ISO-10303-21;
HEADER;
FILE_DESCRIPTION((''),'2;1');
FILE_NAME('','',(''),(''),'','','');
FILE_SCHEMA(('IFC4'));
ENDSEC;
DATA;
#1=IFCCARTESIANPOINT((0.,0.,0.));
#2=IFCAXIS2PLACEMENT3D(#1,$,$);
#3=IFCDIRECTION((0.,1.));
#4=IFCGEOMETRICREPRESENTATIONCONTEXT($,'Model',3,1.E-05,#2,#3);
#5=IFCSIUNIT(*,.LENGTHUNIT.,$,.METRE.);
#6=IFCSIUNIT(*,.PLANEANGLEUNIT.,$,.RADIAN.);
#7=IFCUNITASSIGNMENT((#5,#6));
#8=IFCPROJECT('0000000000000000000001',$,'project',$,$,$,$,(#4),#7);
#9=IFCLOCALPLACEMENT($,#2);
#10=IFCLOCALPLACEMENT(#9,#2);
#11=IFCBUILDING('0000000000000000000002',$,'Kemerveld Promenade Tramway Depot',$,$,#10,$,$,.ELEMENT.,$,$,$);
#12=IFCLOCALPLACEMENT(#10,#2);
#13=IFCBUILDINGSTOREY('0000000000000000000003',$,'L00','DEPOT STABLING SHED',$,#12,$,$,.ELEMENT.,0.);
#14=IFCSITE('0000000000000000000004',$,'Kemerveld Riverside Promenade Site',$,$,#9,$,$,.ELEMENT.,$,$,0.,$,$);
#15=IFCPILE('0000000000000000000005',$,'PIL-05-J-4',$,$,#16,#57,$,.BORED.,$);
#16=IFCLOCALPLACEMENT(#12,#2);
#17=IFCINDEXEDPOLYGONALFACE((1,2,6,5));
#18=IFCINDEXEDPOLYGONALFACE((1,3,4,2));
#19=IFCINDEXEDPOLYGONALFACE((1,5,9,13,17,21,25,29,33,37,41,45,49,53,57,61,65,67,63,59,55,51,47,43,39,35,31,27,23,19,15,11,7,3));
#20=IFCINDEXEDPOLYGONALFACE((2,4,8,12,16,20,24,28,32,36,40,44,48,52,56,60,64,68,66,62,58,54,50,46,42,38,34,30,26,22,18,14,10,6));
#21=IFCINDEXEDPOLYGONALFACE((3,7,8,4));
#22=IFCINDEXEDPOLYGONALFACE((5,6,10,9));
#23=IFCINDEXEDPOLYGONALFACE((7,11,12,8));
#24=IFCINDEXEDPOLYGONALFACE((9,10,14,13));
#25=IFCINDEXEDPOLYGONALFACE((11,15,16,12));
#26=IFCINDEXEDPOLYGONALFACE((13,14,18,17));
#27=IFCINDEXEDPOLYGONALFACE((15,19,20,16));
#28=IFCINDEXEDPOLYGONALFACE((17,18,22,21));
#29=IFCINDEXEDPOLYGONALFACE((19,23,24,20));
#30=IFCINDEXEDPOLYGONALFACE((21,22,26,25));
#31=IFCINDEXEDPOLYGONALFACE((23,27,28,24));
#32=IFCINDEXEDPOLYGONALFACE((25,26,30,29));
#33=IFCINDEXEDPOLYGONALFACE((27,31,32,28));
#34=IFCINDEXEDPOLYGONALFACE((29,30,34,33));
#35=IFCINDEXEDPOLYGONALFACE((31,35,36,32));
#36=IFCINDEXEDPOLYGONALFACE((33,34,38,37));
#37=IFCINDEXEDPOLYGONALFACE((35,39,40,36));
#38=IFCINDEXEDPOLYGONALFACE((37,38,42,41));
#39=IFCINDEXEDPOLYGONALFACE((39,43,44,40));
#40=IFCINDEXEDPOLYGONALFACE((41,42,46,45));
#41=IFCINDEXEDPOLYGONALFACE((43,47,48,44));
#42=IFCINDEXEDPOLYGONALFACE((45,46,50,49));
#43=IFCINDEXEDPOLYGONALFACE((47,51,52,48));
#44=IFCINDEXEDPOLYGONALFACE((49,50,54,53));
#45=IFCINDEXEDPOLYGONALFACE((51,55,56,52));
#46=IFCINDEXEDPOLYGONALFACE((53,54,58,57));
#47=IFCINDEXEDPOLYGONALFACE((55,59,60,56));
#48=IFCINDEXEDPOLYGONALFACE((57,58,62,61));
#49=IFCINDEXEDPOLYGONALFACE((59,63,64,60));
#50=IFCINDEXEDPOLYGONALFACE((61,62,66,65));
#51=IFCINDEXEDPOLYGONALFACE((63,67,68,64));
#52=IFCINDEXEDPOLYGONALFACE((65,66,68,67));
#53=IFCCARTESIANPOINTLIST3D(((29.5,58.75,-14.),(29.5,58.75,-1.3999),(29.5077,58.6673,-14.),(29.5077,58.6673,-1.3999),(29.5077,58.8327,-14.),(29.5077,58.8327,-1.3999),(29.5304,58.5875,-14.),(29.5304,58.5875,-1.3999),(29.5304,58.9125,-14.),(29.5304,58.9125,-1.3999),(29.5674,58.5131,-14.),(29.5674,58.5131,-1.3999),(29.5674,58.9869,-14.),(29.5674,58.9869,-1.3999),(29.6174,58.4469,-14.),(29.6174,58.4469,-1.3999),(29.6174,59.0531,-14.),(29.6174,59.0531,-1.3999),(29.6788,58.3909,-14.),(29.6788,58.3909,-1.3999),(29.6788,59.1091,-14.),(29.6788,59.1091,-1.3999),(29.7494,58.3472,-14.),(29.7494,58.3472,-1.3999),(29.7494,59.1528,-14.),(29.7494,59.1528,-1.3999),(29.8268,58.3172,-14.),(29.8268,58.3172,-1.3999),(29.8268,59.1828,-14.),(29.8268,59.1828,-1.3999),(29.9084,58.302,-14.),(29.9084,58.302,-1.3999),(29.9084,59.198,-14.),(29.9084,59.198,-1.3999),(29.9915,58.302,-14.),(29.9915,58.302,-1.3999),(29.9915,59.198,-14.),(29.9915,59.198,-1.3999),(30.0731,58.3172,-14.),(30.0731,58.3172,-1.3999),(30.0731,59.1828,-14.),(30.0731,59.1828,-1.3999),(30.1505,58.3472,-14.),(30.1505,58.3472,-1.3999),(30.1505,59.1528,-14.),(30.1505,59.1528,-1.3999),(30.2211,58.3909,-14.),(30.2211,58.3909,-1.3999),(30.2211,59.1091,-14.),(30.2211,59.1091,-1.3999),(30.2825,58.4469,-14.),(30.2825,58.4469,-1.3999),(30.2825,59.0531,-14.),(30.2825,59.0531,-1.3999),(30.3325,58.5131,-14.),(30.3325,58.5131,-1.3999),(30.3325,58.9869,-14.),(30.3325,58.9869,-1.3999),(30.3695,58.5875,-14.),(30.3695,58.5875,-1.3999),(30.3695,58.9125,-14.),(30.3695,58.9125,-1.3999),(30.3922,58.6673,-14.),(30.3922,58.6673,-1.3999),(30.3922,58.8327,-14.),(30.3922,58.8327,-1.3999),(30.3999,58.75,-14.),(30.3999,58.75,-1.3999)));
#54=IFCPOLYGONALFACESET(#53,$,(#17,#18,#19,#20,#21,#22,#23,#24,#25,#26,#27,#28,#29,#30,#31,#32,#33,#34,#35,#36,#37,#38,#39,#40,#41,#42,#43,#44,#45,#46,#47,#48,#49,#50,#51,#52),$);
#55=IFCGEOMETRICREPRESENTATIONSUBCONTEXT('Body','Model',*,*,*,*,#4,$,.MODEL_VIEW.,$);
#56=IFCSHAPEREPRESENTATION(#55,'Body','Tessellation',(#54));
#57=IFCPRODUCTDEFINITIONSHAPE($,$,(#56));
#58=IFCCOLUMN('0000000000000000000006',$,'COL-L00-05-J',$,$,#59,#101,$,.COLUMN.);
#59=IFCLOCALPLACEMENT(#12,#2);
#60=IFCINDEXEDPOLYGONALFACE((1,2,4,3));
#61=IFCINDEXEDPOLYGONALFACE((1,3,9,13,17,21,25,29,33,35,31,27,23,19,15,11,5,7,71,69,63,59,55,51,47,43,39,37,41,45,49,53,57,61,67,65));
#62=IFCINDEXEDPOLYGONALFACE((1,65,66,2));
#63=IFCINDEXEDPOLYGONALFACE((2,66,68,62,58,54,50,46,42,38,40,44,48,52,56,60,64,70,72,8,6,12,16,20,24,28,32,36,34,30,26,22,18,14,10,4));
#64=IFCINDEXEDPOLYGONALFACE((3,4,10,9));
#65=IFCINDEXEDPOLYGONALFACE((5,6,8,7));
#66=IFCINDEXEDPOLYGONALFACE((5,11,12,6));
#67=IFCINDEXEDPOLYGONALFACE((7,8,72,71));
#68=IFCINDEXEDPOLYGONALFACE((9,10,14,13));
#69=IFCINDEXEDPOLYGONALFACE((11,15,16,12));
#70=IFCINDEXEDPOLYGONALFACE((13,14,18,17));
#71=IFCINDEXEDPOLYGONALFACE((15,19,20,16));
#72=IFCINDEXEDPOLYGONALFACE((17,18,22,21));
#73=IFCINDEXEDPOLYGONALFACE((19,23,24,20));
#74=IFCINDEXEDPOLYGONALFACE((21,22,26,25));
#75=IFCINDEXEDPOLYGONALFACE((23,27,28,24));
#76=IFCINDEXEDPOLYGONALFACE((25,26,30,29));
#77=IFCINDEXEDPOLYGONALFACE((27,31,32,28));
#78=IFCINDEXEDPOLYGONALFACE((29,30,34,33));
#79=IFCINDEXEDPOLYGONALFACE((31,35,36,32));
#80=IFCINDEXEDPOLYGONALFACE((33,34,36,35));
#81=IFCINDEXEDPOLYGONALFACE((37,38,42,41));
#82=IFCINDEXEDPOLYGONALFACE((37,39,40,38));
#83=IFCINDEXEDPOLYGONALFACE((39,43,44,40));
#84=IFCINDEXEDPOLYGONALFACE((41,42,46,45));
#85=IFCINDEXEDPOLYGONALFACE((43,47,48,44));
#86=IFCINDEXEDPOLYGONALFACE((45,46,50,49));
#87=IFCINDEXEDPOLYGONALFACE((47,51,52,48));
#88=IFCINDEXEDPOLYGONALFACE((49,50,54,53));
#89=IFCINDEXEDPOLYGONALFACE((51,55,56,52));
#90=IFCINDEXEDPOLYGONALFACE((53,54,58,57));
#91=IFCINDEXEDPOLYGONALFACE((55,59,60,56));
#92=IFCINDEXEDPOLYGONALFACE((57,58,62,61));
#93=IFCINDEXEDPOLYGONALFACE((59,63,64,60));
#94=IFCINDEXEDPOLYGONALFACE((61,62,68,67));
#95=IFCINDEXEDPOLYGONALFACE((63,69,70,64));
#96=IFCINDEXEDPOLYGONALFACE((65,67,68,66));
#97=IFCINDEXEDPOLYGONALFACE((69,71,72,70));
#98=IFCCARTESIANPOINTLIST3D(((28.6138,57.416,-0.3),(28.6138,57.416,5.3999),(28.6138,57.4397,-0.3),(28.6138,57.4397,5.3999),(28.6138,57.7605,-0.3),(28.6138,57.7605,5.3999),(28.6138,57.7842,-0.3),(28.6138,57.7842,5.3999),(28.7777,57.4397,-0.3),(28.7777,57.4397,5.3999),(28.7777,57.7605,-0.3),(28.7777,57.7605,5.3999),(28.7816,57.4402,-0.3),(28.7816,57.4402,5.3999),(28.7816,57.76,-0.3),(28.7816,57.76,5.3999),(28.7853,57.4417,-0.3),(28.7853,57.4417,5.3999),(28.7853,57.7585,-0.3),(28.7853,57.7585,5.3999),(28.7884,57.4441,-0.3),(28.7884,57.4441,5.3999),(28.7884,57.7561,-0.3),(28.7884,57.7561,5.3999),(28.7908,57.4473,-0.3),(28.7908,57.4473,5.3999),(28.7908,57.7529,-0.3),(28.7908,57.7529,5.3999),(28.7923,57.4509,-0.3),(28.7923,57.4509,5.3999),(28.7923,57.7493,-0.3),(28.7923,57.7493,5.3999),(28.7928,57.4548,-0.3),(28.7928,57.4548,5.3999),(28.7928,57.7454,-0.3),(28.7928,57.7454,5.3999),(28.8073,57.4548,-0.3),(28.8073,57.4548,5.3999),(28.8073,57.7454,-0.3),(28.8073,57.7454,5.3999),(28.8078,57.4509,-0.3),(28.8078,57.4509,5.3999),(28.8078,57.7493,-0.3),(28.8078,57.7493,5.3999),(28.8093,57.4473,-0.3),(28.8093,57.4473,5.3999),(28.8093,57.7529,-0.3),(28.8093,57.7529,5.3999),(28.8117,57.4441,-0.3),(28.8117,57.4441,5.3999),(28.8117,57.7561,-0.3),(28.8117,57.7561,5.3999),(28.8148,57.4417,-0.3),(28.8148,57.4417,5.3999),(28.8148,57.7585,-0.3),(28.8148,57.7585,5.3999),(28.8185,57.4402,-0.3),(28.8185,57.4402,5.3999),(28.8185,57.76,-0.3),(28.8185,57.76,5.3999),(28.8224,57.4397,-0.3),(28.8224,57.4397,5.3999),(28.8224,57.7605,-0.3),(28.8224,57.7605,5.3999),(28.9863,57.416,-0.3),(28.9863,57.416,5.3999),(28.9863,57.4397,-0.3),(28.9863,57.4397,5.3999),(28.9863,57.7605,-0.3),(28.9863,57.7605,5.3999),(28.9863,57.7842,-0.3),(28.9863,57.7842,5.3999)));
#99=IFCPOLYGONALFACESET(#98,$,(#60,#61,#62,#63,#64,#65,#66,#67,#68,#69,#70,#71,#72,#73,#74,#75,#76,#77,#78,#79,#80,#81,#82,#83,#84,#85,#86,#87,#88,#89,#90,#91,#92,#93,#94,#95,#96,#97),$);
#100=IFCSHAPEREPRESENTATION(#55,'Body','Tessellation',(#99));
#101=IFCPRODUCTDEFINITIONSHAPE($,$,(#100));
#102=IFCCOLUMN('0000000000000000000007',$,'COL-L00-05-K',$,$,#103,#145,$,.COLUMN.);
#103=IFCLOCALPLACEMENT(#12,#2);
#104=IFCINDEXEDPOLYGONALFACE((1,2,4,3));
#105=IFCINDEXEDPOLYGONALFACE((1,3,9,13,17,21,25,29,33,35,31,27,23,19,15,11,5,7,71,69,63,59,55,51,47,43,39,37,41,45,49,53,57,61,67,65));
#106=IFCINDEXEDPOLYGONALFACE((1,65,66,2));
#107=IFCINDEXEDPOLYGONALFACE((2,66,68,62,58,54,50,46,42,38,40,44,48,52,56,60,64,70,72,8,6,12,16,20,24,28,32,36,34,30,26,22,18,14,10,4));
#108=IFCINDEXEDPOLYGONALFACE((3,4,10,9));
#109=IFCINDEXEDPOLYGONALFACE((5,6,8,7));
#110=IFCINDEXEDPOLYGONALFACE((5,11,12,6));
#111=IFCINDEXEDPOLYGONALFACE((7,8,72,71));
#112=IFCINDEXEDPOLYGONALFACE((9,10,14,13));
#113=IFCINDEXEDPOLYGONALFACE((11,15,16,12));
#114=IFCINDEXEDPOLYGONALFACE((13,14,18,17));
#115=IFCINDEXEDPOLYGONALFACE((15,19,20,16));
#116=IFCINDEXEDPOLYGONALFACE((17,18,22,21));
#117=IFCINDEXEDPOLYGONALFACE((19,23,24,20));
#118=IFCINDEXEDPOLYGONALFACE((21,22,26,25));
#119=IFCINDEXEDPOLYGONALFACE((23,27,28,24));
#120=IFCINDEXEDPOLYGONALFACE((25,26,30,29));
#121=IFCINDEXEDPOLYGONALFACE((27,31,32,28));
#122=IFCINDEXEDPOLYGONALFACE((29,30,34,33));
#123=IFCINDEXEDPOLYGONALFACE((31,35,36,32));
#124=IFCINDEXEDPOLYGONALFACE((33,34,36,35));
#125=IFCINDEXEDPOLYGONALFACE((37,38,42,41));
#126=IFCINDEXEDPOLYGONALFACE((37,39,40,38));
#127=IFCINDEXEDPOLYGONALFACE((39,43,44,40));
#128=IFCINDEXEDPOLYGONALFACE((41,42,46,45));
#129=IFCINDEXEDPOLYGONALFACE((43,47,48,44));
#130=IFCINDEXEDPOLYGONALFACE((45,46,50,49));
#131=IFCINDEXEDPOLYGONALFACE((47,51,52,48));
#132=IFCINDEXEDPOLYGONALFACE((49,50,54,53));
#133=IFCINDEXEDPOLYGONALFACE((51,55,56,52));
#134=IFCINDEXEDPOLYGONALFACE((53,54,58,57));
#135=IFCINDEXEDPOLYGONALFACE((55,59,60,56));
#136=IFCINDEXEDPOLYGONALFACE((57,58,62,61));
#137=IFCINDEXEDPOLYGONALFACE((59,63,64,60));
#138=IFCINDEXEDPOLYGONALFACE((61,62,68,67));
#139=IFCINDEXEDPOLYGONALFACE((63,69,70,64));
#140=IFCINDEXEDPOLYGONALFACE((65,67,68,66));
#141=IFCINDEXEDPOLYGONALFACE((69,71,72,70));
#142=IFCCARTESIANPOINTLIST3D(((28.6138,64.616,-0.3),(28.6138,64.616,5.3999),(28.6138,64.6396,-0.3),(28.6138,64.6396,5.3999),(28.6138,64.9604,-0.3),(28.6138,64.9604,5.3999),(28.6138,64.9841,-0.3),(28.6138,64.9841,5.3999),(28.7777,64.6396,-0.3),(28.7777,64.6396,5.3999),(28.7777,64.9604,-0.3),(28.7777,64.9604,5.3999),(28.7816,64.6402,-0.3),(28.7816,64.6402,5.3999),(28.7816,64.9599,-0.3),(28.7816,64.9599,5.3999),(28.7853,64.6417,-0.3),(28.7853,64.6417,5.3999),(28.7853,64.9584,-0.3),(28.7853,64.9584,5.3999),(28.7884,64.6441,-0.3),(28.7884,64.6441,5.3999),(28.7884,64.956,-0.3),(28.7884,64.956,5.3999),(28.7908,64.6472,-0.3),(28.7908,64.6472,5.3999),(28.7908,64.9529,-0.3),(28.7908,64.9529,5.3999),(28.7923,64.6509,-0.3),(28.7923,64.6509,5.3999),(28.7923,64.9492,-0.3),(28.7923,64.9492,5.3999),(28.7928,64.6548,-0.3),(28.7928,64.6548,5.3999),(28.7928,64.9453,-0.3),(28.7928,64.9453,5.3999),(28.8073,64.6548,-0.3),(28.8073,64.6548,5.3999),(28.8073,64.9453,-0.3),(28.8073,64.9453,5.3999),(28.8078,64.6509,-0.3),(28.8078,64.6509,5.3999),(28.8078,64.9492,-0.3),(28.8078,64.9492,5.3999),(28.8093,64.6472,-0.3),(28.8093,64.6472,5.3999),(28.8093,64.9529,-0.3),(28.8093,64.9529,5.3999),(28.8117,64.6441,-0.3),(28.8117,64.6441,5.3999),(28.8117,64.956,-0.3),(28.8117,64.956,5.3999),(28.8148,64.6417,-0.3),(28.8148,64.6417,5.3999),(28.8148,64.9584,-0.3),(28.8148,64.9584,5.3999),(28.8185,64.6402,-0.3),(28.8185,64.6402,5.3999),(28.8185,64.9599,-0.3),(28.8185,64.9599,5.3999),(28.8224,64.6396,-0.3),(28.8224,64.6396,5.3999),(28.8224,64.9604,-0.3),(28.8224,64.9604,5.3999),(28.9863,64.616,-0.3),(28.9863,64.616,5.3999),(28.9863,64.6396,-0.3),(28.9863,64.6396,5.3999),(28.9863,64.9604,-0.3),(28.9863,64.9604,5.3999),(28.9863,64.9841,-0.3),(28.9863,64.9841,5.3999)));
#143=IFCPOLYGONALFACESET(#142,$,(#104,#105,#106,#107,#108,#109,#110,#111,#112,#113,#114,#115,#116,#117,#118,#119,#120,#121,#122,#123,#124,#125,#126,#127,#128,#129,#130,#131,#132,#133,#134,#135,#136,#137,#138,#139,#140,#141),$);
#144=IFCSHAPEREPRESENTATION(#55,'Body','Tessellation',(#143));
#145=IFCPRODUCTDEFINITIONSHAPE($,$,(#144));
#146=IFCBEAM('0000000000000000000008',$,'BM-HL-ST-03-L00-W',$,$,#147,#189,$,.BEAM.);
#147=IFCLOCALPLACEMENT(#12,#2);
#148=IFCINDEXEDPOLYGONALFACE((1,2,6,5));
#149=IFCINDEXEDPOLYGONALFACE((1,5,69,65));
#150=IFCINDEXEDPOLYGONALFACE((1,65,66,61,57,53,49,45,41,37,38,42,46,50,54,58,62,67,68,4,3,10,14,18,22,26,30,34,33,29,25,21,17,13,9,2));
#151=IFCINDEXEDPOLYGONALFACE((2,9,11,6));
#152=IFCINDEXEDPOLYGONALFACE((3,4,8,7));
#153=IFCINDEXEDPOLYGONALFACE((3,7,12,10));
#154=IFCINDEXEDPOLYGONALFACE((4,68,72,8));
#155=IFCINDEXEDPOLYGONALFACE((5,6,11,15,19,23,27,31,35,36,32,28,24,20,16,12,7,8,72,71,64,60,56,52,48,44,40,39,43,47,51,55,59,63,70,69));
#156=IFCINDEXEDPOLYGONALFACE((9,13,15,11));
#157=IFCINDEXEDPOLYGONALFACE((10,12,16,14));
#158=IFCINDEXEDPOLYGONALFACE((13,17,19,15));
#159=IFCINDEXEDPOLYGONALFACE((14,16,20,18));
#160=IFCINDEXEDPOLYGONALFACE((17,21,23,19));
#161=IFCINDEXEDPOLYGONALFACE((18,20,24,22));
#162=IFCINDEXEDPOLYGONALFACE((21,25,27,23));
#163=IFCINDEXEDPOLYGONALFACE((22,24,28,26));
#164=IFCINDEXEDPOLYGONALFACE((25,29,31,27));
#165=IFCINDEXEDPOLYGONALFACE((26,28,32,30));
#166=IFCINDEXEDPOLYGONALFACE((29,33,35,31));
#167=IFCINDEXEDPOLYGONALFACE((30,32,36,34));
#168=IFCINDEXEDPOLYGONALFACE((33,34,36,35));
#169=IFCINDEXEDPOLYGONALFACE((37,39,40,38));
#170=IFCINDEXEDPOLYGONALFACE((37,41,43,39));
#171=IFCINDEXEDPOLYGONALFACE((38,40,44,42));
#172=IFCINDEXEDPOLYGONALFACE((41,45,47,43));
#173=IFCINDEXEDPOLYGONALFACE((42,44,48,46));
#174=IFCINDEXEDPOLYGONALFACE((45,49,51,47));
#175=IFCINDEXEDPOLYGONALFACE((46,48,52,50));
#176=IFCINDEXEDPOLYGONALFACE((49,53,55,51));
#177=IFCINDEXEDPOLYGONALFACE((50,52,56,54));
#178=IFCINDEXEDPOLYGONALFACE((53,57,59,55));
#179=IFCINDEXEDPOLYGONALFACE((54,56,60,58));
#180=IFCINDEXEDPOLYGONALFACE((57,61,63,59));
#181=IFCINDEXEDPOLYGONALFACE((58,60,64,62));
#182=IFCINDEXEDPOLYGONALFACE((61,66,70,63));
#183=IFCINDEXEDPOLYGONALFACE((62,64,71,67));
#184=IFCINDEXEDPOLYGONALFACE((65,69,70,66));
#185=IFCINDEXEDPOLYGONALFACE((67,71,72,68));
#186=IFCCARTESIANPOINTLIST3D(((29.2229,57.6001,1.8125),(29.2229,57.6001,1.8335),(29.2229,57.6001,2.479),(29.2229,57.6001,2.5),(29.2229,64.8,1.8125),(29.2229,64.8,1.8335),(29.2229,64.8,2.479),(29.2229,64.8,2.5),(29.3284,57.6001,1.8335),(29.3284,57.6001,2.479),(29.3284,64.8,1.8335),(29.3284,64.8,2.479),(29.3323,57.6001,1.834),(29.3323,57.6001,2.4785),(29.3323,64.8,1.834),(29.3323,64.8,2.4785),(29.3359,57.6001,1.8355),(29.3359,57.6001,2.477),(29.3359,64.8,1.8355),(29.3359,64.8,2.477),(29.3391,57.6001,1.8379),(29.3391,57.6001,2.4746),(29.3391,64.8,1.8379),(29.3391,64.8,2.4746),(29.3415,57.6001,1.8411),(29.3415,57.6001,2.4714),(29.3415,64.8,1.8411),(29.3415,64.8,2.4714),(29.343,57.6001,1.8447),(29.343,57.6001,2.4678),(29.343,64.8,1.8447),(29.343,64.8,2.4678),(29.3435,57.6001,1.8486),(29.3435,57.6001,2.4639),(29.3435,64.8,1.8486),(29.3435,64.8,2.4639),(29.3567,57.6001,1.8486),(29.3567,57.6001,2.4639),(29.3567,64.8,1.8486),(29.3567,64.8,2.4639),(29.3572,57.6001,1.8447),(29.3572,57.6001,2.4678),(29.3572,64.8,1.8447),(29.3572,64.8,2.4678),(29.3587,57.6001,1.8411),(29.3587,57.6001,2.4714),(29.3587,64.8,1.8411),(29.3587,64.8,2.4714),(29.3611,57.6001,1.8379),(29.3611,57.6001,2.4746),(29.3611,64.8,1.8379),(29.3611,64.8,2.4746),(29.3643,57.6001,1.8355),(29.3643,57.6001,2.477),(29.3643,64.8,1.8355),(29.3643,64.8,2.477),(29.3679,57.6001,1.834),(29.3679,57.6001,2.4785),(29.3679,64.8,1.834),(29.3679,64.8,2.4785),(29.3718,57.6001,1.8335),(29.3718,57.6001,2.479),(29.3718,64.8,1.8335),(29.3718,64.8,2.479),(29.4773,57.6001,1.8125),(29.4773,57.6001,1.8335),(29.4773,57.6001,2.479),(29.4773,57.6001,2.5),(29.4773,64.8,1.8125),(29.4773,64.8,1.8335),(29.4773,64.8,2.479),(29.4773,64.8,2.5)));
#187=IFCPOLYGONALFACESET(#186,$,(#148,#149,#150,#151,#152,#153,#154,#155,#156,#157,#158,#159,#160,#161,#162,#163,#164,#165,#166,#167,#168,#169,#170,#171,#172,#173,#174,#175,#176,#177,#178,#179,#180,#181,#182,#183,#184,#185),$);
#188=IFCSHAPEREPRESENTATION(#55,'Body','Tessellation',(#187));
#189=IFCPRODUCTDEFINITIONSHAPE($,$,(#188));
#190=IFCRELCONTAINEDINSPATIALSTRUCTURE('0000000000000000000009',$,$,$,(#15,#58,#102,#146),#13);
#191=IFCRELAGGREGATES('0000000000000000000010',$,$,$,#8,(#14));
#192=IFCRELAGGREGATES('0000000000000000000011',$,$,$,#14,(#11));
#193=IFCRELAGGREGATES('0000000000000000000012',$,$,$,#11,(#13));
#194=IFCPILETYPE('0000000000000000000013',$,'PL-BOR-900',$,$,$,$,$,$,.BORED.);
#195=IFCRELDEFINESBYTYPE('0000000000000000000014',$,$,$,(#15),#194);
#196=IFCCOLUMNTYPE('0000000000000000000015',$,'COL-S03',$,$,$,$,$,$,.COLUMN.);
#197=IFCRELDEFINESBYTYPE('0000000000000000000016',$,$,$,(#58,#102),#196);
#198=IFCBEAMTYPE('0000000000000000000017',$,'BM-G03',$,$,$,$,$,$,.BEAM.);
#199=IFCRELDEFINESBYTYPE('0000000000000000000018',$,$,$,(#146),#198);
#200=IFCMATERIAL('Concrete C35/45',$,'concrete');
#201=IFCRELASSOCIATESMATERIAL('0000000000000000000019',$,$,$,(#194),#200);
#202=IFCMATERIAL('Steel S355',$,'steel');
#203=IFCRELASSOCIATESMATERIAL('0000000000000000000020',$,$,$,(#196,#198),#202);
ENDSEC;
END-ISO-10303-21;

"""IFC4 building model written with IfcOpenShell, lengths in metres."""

from ifc_helpers import new_model, si_unit, direction, frame, origin, origin_2d, place, context, subcontext, project, spatial, circle, i_section, extrude, material, material_profile, profile_set, type_object, element, save


model = new_model("IFC4")

# Units and contexts
model_context = context("Model", 3, precision=1e-05, world=origin(), true_north=direction((0.0, 1.0)))
body_context = subcontext(model_context, "Body", "Model", "MODEL_VIEW")
ifc_project = project(units=[si_unit("LENGTHUNIT", "METRE"), si_unit("PLANEANGLEUNIT", "RADIAN")], contexts=[model_context])

# Site, building, storey
site_placement = place(None, origin())
site = spatial("IfcSite", under=ifc_project, at=site_placement, Name="Kemerveld Riverside Promenade Site", CompositionType="ELEMENT", RefElevation=0.0)
building_placement = place(site_placement, origin())
building = spatial("IfcBuilding", under=site, at=building_placement, Name="Kemerveld Promenade Tramway Depot", CompositionType="ELEMENT")
storey_placement = place(building_placement, origin())
storey = spatial("IfcBuildingStorey", under=building, at=storey_placement, Name="L00", Description="DEPOT STABLING SHED", CompositionType="ELEMENT", Elevation=0.0)

# Shared definitions
ifc_material_1 = material(Name="Concrete C35/45", Category="concrete")

# Pile
ifc_material_profile_1 = material_profile(ifc_material_1, circle(Radius=0.45, at=origin_2d()), Name="PILE-D900")
ifc_profile_set_1 = profile_set([ifc_material_profile_1], Name="Concrete C35/45")
pile_type_1 = type_object("IfcPileType", Name="PL-BOR-900", PredefinedType="BORED", material=ifc_profile_set_1)
for number, where, z_axis, x_axis, name in (
    (1, (29.95, 58.75, -1.3999), (0.0, 0.0, -1.0), (1.0, 0.0, 0.0), "PIL-05-J-4"),
):
    element("IfcPile", number, at=place(storey_placement, frame(where, z_axis=z_axis, x_axis=x_axis)), inside=storey, type_object=pile_type_1, Name=name, PredefinedType="BORED", context=body_context, shape_type="SweptSolid", body=[
        extrude(circle(Radius=0.45, at=origin_2d()), origin(), (0.0, 0.0, 1.0), 12.6001),
    ])

# Columns
ifc_material_2 = material(Name="Steel S355", Category="steel")
ifc_material_profile_2 = material_profile(ifc_material_2, i_section(OverallWidth=0.3726, OverallDepth=0.3682, WebThickness=0.0144, FlangeThickness=0.0237, FilletRadius=0.0151, at=origin_2d()), Name="356x368x177 UC")
ifc_profile_set_2 = profile_set([ifc_material_profile_2], Name="Steel S355")
column_type = type_object("IfcColumnType", Name="COL-S03", PredefinedType="COLUMN", material=ifc_profile_set_2)
for number, where, z_axis, x_axis, name in (
    (2, (28.8, 57.6001, -0.3), (0.0, 0.0, 1.0), (1.0, 0.0, 0.0), "COL-L00-05-J"),
    (3, (28.8, 64.8, -0.3), (0.0, 0.0, 1.0), (1.0, 0.0, 0.0), "COL-L00-05-K"),
):
    element("IfcColumn", number, at=place(storey_placement, frame(where, z_axis=z_axis, x_axis=x_axis)), inside=storey, type_object=column_type, Name=name, PredefinedType="COLUMN", context=body_context, shape_type="SweptSolid", body=[
        extrude(i_section(OverallWidth=0.3726, OverallDepth=0.3682, WebThickness=0.0144, FlangeThickness=0.0237, FilletRadius=0.0151, at=origin_2d()), origin(), (0.0, 0.0, 1.0), 5.7),
    ])

# Beam
ifc_material_profile_3 = material_profile(ifc_material_2, i_section(OverallWidth=0.2544, OverallDepth=0.6875, WebThickness=0.0132, FlangeThickness=0.021, FilletRadius=0.0151, at=origin_2d()), Name="686x254x152 UB")
ifc_profile_set_3 = profile_set([ifc_material_profile_3], Name="Steel S355")
beam_type_1 = type_object("IfcBeamType", Name="BM-G03", PredefinedType="BEAM", material=ifc_profile_set_3)
for number, where, z_axis, x_axis, name in (
    (4, (29.3501, 57.6001, 2.1562), (0.0, 1.0, 0.0), (-1.0, 0.0, 0.0), "BM-HL-ST-03-L00-W"),
):
    element("IfcBeam", number, at=place(storey_placement, frame(where, z_axis=z_axis, x_axis=x_axis)), inside=storey, type_object=beam_type_1, Name=name, PredefinedType="BEAM", context=body_context, shape_type="SweptSolid", body=[
        extrude(i_section(OverallWidth=0.2544, OverallDepth=0.6875, WebThickness=0.0132, FlangeThickness=0.021, FilletRadius=0.0151, at=origin_2d()), origin(), (0.0, 0.0, 1.0), 7.2),
    ])

save(model, "model.ifc")
